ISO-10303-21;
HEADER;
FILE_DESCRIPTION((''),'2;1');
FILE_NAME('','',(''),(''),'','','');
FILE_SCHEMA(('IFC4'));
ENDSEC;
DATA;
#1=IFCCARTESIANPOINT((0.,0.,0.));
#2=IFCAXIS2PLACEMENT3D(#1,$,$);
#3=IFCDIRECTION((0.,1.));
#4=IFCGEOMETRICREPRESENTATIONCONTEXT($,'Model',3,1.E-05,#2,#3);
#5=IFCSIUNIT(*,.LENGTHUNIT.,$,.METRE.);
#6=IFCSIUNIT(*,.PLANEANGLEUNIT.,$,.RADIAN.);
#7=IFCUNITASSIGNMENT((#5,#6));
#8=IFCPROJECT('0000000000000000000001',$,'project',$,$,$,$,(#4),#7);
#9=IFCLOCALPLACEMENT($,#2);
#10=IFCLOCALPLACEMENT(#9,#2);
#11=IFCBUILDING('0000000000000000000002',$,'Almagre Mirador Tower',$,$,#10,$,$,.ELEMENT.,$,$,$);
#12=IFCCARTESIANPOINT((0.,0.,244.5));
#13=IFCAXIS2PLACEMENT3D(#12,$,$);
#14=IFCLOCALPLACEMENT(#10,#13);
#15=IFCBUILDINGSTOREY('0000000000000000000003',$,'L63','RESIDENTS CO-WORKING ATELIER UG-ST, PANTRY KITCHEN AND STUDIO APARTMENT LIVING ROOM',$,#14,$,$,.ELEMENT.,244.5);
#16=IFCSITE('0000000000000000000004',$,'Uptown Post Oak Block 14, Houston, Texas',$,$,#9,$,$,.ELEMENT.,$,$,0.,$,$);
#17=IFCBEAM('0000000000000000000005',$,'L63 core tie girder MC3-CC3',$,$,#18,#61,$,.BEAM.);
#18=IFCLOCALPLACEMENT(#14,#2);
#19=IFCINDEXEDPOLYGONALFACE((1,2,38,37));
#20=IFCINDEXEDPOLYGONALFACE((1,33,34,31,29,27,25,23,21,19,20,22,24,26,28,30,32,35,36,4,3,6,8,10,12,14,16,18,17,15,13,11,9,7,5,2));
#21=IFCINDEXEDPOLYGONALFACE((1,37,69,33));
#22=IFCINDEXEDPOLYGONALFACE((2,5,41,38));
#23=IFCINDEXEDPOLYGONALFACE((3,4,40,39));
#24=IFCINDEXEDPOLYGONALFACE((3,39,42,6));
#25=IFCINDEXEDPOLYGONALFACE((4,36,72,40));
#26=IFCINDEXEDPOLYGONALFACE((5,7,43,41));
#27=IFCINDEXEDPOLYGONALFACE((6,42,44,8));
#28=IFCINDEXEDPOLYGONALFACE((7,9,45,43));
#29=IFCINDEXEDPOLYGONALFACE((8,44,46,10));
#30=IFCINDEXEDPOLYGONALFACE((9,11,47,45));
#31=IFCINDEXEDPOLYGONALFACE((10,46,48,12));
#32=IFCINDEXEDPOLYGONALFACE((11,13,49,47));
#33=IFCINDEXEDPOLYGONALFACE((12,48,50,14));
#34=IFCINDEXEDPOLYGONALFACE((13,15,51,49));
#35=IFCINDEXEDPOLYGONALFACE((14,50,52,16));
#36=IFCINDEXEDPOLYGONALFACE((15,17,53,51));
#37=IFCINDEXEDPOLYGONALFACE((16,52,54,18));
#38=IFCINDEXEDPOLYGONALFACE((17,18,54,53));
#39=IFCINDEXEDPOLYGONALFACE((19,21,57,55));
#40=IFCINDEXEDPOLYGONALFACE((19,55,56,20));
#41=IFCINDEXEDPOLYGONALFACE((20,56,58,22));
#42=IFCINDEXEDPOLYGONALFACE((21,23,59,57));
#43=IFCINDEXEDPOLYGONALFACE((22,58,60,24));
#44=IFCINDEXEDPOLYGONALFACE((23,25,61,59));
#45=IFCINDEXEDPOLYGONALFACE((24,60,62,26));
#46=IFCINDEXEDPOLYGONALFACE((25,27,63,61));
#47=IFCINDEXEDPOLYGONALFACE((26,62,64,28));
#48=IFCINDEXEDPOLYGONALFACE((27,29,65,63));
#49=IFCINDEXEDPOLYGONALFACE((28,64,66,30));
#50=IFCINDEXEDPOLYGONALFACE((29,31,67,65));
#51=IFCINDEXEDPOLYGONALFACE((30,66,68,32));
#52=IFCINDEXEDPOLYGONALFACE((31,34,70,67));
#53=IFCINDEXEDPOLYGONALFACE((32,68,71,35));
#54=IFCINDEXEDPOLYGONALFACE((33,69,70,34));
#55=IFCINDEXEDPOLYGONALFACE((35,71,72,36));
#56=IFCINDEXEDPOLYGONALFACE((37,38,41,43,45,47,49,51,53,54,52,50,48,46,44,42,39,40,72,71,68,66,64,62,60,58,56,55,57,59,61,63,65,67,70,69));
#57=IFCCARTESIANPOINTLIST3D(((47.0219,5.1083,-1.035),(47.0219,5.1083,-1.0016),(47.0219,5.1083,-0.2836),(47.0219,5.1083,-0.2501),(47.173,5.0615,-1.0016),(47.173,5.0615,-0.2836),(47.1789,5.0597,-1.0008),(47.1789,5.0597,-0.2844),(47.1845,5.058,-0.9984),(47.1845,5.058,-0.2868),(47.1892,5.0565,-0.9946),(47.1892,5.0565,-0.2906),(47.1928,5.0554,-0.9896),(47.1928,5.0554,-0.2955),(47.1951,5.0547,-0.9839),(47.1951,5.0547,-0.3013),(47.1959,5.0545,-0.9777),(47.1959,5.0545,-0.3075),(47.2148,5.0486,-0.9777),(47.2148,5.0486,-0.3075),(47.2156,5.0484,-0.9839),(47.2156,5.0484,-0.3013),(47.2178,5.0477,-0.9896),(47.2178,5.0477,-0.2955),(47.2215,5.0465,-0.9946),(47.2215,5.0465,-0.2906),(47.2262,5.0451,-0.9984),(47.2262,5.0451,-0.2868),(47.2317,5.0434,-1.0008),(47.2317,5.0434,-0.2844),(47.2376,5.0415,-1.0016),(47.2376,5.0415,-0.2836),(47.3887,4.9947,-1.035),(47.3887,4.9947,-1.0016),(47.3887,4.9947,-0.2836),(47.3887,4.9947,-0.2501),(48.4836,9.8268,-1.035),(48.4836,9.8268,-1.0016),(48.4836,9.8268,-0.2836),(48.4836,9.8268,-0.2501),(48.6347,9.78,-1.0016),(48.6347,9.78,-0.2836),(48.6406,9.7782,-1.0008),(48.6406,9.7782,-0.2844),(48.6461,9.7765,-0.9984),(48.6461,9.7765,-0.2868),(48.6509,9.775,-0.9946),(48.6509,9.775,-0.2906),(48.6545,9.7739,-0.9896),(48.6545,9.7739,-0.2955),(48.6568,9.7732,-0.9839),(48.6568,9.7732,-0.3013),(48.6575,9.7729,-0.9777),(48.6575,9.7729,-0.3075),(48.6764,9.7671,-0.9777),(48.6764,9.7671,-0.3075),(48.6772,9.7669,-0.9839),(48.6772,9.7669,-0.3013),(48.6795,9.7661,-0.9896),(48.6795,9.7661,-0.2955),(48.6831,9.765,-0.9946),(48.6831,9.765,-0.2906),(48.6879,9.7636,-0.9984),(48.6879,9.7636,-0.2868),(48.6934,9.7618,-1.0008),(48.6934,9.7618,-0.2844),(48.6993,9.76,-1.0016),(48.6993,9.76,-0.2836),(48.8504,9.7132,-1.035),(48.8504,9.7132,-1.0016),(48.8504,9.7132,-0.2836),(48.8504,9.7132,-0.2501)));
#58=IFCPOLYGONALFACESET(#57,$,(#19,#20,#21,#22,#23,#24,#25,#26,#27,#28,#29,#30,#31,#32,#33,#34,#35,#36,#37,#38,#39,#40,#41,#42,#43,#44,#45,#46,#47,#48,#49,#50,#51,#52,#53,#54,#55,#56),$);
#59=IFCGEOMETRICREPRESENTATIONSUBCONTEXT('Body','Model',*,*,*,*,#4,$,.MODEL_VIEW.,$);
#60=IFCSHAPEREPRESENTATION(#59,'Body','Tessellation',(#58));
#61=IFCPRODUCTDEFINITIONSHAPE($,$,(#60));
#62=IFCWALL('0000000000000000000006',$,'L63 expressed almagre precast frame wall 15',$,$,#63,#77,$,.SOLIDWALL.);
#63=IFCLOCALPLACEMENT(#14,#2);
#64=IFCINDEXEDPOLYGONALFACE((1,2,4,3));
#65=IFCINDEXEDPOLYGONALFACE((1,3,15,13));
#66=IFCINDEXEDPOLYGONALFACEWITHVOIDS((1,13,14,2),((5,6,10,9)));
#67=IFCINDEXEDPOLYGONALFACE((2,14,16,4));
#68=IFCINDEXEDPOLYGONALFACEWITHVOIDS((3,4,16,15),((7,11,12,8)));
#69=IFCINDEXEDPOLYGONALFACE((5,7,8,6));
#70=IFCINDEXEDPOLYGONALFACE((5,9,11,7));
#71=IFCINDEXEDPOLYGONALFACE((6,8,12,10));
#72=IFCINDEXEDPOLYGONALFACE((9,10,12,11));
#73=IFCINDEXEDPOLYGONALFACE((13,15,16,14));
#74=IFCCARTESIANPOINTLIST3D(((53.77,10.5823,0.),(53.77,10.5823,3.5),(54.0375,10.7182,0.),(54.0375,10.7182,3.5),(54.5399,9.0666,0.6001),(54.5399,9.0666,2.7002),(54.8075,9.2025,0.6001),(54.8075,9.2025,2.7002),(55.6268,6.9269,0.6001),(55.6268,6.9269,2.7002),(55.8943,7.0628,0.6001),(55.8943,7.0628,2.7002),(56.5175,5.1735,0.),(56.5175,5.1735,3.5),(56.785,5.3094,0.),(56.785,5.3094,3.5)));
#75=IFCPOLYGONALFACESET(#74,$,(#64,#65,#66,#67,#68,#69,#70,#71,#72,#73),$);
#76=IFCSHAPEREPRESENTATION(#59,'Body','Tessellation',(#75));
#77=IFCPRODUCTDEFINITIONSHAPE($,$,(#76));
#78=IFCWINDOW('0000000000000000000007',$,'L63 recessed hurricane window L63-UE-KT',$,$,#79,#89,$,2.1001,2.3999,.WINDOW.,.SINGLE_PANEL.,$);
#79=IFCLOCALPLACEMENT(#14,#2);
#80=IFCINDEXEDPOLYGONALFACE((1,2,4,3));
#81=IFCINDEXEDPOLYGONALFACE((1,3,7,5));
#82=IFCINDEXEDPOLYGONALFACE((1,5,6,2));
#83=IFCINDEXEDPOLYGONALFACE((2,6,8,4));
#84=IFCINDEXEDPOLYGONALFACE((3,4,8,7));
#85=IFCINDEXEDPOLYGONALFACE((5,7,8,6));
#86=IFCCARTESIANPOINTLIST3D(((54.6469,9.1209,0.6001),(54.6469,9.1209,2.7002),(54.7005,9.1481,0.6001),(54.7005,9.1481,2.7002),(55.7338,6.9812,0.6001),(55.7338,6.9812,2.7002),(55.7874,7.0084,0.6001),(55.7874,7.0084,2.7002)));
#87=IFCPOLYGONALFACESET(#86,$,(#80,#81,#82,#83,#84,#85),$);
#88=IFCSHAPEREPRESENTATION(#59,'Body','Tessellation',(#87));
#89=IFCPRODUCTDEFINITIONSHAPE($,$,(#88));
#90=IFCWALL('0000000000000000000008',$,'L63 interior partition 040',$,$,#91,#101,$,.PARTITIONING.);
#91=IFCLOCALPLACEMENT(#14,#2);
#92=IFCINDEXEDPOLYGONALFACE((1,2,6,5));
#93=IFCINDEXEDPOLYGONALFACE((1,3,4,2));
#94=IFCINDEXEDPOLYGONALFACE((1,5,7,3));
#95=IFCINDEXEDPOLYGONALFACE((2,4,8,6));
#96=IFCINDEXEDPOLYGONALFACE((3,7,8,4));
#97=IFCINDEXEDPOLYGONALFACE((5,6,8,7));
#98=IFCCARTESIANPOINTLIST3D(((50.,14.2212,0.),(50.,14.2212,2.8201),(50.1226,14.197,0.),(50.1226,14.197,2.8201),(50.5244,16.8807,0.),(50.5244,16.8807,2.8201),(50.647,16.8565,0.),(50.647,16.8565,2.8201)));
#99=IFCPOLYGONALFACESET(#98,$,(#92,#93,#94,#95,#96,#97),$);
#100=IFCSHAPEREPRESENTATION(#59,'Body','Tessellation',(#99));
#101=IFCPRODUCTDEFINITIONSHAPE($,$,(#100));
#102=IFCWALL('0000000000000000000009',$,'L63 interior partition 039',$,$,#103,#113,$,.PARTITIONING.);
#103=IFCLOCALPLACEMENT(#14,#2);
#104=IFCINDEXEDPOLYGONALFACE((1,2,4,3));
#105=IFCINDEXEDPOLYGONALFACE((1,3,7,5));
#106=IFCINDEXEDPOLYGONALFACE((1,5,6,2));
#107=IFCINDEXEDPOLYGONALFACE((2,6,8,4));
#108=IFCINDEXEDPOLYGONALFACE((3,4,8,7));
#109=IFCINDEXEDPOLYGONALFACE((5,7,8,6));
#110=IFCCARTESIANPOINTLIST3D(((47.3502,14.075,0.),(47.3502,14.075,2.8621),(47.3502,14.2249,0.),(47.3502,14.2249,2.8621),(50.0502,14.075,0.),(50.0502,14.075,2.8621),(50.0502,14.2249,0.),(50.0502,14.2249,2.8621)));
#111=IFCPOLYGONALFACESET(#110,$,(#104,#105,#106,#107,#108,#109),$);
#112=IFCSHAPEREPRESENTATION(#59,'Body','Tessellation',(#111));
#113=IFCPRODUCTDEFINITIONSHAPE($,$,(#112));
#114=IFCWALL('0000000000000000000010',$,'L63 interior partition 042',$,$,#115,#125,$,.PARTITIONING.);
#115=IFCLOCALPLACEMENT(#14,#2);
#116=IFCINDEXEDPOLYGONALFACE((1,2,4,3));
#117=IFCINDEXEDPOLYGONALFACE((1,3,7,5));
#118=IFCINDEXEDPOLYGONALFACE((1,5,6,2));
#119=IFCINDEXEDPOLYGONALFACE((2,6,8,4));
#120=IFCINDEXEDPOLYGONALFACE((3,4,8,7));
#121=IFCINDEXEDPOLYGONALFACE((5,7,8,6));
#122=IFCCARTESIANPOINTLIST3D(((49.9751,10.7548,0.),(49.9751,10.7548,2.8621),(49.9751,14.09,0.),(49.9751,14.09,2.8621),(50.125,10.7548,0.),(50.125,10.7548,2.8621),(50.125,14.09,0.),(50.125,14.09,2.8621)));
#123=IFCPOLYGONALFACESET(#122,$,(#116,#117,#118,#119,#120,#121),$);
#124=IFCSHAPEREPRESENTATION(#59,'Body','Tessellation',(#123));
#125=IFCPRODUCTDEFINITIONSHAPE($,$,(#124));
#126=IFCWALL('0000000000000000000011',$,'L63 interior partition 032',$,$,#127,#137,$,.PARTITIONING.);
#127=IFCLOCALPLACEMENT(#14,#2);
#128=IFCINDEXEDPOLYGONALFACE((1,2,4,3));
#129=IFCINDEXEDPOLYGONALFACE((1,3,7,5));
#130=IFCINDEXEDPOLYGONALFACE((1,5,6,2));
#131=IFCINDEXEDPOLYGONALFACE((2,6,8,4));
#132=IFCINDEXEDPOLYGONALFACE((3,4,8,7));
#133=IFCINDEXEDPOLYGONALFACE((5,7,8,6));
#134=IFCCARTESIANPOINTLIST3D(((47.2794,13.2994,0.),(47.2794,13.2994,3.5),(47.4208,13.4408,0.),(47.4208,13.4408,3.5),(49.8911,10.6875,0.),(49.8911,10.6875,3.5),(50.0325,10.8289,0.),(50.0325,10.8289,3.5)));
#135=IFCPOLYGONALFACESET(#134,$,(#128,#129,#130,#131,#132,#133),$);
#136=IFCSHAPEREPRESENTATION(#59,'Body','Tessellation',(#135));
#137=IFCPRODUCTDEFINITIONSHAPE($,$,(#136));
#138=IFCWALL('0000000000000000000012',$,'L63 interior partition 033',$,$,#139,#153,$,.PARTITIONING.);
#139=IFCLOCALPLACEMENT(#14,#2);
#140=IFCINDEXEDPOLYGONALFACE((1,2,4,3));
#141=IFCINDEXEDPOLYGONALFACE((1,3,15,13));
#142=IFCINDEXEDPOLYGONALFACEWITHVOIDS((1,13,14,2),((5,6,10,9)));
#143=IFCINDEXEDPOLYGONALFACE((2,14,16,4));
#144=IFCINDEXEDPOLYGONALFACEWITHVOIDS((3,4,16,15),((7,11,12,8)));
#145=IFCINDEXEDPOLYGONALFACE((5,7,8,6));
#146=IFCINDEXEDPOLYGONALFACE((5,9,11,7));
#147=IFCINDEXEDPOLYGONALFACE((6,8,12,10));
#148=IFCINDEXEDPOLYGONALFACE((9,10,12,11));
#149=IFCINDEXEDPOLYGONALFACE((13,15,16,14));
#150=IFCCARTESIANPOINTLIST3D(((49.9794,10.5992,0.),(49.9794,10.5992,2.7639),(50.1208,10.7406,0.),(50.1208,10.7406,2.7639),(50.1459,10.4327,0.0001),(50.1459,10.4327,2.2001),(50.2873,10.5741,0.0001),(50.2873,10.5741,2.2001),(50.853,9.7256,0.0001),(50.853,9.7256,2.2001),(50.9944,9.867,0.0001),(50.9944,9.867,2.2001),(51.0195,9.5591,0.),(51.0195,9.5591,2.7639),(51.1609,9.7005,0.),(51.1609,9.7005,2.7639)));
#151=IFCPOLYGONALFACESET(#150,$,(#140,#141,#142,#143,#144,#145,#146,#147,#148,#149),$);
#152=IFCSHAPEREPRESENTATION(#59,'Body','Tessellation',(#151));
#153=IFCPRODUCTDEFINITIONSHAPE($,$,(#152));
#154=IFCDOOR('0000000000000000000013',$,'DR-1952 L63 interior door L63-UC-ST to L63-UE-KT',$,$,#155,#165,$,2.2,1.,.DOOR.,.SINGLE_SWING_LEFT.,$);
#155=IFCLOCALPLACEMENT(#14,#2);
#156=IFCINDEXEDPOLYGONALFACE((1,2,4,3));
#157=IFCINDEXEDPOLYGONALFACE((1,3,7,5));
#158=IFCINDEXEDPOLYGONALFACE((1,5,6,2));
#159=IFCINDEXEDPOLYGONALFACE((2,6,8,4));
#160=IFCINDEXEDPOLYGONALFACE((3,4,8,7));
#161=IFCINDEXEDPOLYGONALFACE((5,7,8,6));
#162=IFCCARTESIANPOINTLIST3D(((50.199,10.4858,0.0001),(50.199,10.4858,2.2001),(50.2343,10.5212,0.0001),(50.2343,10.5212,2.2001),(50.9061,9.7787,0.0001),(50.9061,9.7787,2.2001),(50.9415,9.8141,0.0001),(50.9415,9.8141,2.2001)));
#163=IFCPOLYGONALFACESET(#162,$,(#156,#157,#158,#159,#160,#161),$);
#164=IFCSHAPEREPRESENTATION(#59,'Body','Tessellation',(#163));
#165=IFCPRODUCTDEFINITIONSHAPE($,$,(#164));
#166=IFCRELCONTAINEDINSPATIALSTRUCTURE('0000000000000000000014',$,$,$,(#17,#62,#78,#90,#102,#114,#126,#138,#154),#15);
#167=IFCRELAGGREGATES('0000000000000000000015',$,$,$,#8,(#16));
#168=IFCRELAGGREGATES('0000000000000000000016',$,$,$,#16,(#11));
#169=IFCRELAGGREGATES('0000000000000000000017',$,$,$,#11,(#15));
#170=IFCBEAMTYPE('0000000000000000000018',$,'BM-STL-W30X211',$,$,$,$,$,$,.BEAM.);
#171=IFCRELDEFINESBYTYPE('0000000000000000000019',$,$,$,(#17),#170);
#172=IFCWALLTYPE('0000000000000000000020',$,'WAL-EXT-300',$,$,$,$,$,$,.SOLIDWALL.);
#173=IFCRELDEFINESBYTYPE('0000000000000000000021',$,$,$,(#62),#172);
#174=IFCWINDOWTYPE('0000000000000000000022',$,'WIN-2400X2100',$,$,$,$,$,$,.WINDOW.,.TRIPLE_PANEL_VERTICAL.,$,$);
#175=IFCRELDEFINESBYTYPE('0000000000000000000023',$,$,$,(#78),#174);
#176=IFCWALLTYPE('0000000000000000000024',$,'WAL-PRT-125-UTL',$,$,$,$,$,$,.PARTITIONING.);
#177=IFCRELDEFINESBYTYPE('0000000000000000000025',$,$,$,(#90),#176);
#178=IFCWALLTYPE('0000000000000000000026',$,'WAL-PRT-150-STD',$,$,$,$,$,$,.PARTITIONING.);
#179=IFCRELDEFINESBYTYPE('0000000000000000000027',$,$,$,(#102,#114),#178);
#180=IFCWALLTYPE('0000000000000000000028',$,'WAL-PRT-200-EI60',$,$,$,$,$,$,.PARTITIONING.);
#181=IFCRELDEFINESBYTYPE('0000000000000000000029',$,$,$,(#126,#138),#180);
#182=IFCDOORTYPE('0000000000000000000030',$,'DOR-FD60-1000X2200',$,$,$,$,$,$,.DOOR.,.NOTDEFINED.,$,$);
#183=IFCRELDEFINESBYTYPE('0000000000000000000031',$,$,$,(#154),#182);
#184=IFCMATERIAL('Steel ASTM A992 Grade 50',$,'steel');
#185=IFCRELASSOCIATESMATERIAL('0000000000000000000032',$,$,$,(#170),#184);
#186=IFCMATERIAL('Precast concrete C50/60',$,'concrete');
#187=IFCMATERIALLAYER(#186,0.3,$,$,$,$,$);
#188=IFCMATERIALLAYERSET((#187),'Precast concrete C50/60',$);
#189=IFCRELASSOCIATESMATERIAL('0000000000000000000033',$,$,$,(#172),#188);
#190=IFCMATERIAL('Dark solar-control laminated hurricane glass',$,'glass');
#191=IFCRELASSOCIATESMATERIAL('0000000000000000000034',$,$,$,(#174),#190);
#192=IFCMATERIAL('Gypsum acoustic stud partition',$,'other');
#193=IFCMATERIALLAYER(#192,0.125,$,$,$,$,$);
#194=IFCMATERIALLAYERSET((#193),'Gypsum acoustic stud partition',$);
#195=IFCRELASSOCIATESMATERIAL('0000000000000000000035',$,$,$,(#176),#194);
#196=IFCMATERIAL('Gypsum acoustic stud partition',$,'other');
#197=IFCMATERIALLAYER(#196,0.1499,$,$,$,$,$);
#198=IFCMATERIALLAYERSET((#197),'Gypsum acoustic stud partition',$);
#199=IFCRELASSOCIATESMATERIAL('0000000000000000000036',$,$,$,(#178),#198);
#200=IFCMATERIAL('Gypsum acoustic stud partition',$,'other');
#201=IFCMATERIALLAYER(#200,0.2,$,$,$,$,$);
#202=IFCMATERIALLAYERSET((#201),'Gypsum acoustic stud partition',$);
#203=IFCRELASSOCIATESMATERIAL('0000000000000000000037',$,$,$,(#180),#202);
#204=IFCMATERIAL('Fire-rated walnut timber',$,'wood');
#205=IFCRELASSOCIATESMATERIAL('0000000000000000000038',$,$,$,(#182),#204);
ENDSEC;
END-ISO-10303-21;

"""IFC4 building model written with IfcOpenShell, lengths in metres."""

from ifc_helpers import new_model, si_unit, direction, frame, frame_2d, origin, origin_2d, place, context, subcontext, project, spatial, rectangle, i_section, extrude, material, layer, layer_set, material_profile, profile_set, type_object, element, fill, save


model = new_model("IFC4")

# Units and contexts
model_context = context("Model", 3, precision=1e-05, world=origin(), true_north=direction((0.0, 1.0)))
body_context = subcontext(model_context, "Body", "Model", "MODEL_VIEW")
ifc_project = project(units=[si_unit("LENGTHUNIT", "METRE"), si_unit("PLANEANGLEUNIT", "RADIAN")], contexts=[model_context])

# Site, building, storey
site_placement = place(None, origin())
site = spatial("IfcSite", under=ifc_project, at=site_placement, Name="Uptown Post Oak Block 14, Houston, Texas", CompositionType="ELEMENT", RefElevation=0.0)
building_placement = place(site_placement, origin())
building = spatial("IfcBuilding", under=site, at=building_placement, Name="Almagre Mirador Tower", CompositionType="ELEMENT")
storey_placement = place(building_placement, frame((0.0, 0.0, 244.5)))
storey = spatial("IfcBuildingStorey", under=building, at=storey_placement, Name="L63", Description="RESIDENTS CO-WORKING ATELIER UG-ST, PANTRY KITCHEN AND STUDIO APARTMENT LIVING ROOM", CompositionType="ELEMENT", Elevation=244.5)

# Beam
ifc_material_1 = material(Name="Steel ASTM A992 Grade 50", Category="steel")
ifc_material_profile_1 = material_profile(ifc_material_1, i_section(OverallWidth=0.384, OverallDepth=0.7849, WebThickness=0.0198, FlangeThickness=0.0334, FilletRadius=0.0239, at=origin_2d()), Name="W30X211")
ifc_profile_set_1 = profile_set([ifc_material_profile_1], Name="Steel ASTM A992 Grade 50")
beam_type_1 = type_object("IfcBeamType", Name="BM-STL-W30X211", PredefinedType="BEAM", material=ifc_profile_set_1)
beam_1_placement = place(storey_placement, frame((48.667, 9.77, -0.6426), z_axis=(-0.295902, -0.955218, 0.0), x_axis=(0.955218, -0.295902, 0.0)))
element("IfcBeam", 1, at=beam_1_placement, inside=storey, type_object=beam_type_1, Name="L63 core tie girder MC3-CC3", PredefinedType="BEAM", context=body_context, shape_type="SweptSolid", body=[
    extrude(i_section(OverallWidth=0.384, OverallDepth=0.7849, WebThickness=0.0198, FlangeThickness=0.0334, FilletRadius=0.0239, at=origin_2d()), origin(), (0.0, 0.0, 1.0), 4.9397),
])

# Wall, opening, window
ifc_material_2 = material(Name="Precast concrete C50/60", Category="concrete")
ifc_layer_1 = layer(ifc_material_2, 0.3)
ifc_layer_set_1 = layer_set([ifc_layer_1], Name="Precast concrete C50/60")
wall_type_1 = type_object("IfcWallType", Name="WAL-EXT-300", PredefinedType="SOLIDWALL", material=ifc_layer_set_1)
wall_1_placement = place(storey_placement, frame((53.9038, 10.6501, 0.0), z_axis=(0.0, 0.0, 1.0), x_axis=(0.452887, -0.891568, 0.0)))
wall_1 = element("IfcWall", 2, at=wall_1_placement, inside=storey, type_object=wall_type_1, Name="L63 expressed almagre precast frame wall 15", PredefinedType="SOLIDWALL", context=body_context, shape_type="SweptSolid", body=[
    extrude(rectangle(XDim=6.0667, YDim=0.3, at=frame_2d((3.0332, 0.0))), origin(), (0.0, 0.0, 1.0), 3.5),
])
opening_1_placement = place(wall_1_placement, frame((1.7, 0.0, 0.6001)))
opening_1 = element("IfcOpeningElement", 3, at=opening_1_placement, cuts=wall_1, PredefinedType="OPENING", context=body_context, shape_type="SweptSolid", body=[
    extrude(rectangle(XDim=2.3999, YDim=2.1001, at=frame_2d((1.2, 1.05))), frame((0.0, 0.1599, 0.0), z_axis=(0.0, -1.0, 0.0), x_axis=(1.0, 0.0, 0.0)), (0.0, 0.0, 1.0), 0.32),
])
ifc_material_3 = material(Name="Dark solar-control laminated hurricane glass", Category="glass")
window_type = type_object("IfcWindowType", Name="WIN-2400X2100", PartitioningType="TRIPLE_PANEL_VERTICAL", PredefinedType="WINDOW", material=ifc_material_3)
window_placement = place(opening_1_placement, origin())
window = element("IfcWindow", 4, at=window_placement, inside=storey, type_object=window_type, Name="L63 recessed hurricane window L63-UE-KT", OverallHeight=2.1001, OverallWidth=2.3999, PartitioningType="SINGLE_PANEL", PredefinedType="WINDOW", context=body_context, shape_type="SweptSolid", body=[
    extrude(rectangle(XDim=2.3999, YDim=2.1001, at=frame_2d((1.2, 1.05))), frame((0.0, 0.03, 0.0), z_axis=(0.0, -1.0, 0.0), x_axis=(1.0, 0.0, 0.0)), (0.0, 0.0, 1.0), 0.0601),
])
fill(opening_1, window)

# Walls
ifc_material_4 = material(Name="Gypsum acoustic stud partition", Category="other")
ifc_layer_2 = layer(ifc_material_4, 0.125)
ifc_layer_set_2 = layer_set([ifc_layer_2], Name="Gypsum acoustic stud partition")
wall_type_2 = type_object("IfcWallType", Name="WAL-PRT-125-UTL", PredefinedType="PARTITIONING", material=ifc_layer_set_2)
wall_2_placement = place(storey_placement, frame((50.0613, 14.209, 0.0), z_axis=(0.0, 0.0, 1.0), x_axis=(0.193465, 0.981107, 0.0)))
element("IfcWall", 5, at=wall_2_placement, inside=storey, type_object=wall_type_2, Name="L63 interior partition 040", PredefinedType="PARTITIONING", context=body_context, shape_type="SweptSolid", body=[
    extrude(rectangle(XDim=2.7107, YDim=0.125, at=frame_2d((1.3555, 0.0))), origin(), (0.0, 0.0, 1.0), 2.8201),
])
ifc_material_5 = material(Name="Gypsum acoustic stud partition", Category="other")
ifc_layer_3 = layer(ifc_material_5, 0.1499)
ifc_layer_set_3 = layer_set([ifc_layer_3], Name="Gypsum acoustic stud partition")
wall_type_3 = type_object("IfcWallType", Name="WAL-PRT-150-STD", PredefinedType="PARTITIONING", material=ifc_layer_set_3)
wall_3_placement = place(storey_placement, frame((47.3501, 14.1499, 0.0), z_axis=(0.0, 0.0, 1.0), x_axis=(1.0, 0.0, 0.0)))
element("IfcWall", 6, at=wall_3_placement, inside=storey, type_object=wall_type_3, Name="L63 interior partition 039", PredefinedType="PARTITIONING", context=body_context, shape_type="SweptSolid", body=[
    extrude(rectangle(XDim=2.7, YDim=0.1499, at=frame_2d((1.3501, 0.0))), origin(), (0.0, 0.0, 1.0), 2.8621),
])
wall_4_placement = place(storey_placement, frame((50.05, 10.7549, 0.0), z_axis=(0.0, 0.0, 1.0), x_axis=(0.0, 1.0, 0.0)))
element("IfcWall", 7, at=wall_4_placement, inside=storey, type_object=wall_type_3, Name="L63 interior partition 042", PredefinedType="PARTITIONING", context=body_context, shape_type="SweptSolid", body=[
    extrude(rectangle(XDim=3.3352, YDim=0.1499, at=frame_2d((1.6675, 0.0))), origin(), (0.0, 0.0, 1.0), 2.8621),
])
ifc_material_6 = material(Name="Gypsum acoustic stud partition", Category="other")
ifc_layer_4 = layer(ifc_material_6, 0.2)
ifc_layer_set_4 = layer_set([ifc_layer_4], Name="Gypsum acoustic stud partition")
wall_type_4 = type_object("IfcWallType", Name="WAL-PRT-200-EI60", PredefinedType="PARTITIONING", material=ifc_layer_set_4)
wall_5_placement = place(storey_placement, frame((49.9617, 10.7583, 0.0), z_axis=(0.0, 0.0, 1.0), x_axis=(-0.707074, 0.70714, 0.0)))
element("IfcWall", 8, at=wall_5_placement, inside=storey, type_object=wall_type_4, Name="L63 interior partition 032", PredefinedType="PARTITIONING", context=body_context, shape_type="SweptSolid", body=[
    extrude(rectangle(XDim=3.6936, YDim=0.2, at=frame_2d((1.8467, 0.0))), origin(), (0.0, 0.0, 1.0), 3.5),
])

# Wall, opening, door
wall_6_placement = place(storey_placement, frame((51.0901, 9.6299, 0.0), z_axis=(0.0, 0.0, 1.0), x_axis=(-0.707107, 0.707107, 0.0)))
wall_6 = element("IfcWall", 9, at=wall_6_placement, inside=storey, type_object=wall_type_4, Name="L63 interior partition 033", PredefinedType="PARTITIONING", context=body_context, shape_type="SweptSolid", body=[
    extrude(rectangle(XDim=1.4709, YDim=0.2, at=frame_2d((0.7354, 0.0))), origin(), (0.0, 0.0, 1.0), 2.7639),
])
opening_2_placement = place(wall_6_placement, frame((0.2354, 0.0, 0.0)))
opening_2 = element("IfcOpeningElement", 10, at=opening_2_placement, cuts=wall_6, PredefinedType="OPENING", context=body_context, shape_type="SweptSolid", body=[
    extrude(rectangle(XDim=1.0, YDim=2.2, at=frame_2d((0.5, 1.1001))), frame((0.0, 0.1101, 0.0), z_axis=(0.0, -1.0, 0.0), x_axis=(1.0, 0.0, 0.0)), (0.0, 0.0, 1.0), 0.22),
])
ifc_material_7 = material(Name="Fire-rated walnut timber", Category="wood")
door_type = type_object("IfcDoorType", Name="DOR-FD60-1000X2200", OperationType="NOTDEFINED", PredefinedType="DOOR", material=ifc_material_7)
door_placement = place(opening_2_placement, origin())
door = element("IfcDoor", 11, at=door_placement, inside=storey, type_object=door_type, Name="DR-1952 L63 interior door L63-UC-ST to L63-UE-KT", OperationType="SINGLE_SWING_LEFT", OverallHeight=2.2, OverallWidth=1.0, PredefinedType="DOOR", context=body_context, shape_type="SweptSolid", body=[
    extrude(rectangle(XDim=1.0, YDim=2.2, at=frame_2d((0.5, 1.1001))), frame((0.0, 0.0249, 0.0), z_axis=(0.0, -1.0, 0.0), x_axis=(1.0, 0.0, 0.0)), (0.0, 0.0, 1.0), 0.05),
])
fill(opening_2, door)

save(model, "model.ifc")
